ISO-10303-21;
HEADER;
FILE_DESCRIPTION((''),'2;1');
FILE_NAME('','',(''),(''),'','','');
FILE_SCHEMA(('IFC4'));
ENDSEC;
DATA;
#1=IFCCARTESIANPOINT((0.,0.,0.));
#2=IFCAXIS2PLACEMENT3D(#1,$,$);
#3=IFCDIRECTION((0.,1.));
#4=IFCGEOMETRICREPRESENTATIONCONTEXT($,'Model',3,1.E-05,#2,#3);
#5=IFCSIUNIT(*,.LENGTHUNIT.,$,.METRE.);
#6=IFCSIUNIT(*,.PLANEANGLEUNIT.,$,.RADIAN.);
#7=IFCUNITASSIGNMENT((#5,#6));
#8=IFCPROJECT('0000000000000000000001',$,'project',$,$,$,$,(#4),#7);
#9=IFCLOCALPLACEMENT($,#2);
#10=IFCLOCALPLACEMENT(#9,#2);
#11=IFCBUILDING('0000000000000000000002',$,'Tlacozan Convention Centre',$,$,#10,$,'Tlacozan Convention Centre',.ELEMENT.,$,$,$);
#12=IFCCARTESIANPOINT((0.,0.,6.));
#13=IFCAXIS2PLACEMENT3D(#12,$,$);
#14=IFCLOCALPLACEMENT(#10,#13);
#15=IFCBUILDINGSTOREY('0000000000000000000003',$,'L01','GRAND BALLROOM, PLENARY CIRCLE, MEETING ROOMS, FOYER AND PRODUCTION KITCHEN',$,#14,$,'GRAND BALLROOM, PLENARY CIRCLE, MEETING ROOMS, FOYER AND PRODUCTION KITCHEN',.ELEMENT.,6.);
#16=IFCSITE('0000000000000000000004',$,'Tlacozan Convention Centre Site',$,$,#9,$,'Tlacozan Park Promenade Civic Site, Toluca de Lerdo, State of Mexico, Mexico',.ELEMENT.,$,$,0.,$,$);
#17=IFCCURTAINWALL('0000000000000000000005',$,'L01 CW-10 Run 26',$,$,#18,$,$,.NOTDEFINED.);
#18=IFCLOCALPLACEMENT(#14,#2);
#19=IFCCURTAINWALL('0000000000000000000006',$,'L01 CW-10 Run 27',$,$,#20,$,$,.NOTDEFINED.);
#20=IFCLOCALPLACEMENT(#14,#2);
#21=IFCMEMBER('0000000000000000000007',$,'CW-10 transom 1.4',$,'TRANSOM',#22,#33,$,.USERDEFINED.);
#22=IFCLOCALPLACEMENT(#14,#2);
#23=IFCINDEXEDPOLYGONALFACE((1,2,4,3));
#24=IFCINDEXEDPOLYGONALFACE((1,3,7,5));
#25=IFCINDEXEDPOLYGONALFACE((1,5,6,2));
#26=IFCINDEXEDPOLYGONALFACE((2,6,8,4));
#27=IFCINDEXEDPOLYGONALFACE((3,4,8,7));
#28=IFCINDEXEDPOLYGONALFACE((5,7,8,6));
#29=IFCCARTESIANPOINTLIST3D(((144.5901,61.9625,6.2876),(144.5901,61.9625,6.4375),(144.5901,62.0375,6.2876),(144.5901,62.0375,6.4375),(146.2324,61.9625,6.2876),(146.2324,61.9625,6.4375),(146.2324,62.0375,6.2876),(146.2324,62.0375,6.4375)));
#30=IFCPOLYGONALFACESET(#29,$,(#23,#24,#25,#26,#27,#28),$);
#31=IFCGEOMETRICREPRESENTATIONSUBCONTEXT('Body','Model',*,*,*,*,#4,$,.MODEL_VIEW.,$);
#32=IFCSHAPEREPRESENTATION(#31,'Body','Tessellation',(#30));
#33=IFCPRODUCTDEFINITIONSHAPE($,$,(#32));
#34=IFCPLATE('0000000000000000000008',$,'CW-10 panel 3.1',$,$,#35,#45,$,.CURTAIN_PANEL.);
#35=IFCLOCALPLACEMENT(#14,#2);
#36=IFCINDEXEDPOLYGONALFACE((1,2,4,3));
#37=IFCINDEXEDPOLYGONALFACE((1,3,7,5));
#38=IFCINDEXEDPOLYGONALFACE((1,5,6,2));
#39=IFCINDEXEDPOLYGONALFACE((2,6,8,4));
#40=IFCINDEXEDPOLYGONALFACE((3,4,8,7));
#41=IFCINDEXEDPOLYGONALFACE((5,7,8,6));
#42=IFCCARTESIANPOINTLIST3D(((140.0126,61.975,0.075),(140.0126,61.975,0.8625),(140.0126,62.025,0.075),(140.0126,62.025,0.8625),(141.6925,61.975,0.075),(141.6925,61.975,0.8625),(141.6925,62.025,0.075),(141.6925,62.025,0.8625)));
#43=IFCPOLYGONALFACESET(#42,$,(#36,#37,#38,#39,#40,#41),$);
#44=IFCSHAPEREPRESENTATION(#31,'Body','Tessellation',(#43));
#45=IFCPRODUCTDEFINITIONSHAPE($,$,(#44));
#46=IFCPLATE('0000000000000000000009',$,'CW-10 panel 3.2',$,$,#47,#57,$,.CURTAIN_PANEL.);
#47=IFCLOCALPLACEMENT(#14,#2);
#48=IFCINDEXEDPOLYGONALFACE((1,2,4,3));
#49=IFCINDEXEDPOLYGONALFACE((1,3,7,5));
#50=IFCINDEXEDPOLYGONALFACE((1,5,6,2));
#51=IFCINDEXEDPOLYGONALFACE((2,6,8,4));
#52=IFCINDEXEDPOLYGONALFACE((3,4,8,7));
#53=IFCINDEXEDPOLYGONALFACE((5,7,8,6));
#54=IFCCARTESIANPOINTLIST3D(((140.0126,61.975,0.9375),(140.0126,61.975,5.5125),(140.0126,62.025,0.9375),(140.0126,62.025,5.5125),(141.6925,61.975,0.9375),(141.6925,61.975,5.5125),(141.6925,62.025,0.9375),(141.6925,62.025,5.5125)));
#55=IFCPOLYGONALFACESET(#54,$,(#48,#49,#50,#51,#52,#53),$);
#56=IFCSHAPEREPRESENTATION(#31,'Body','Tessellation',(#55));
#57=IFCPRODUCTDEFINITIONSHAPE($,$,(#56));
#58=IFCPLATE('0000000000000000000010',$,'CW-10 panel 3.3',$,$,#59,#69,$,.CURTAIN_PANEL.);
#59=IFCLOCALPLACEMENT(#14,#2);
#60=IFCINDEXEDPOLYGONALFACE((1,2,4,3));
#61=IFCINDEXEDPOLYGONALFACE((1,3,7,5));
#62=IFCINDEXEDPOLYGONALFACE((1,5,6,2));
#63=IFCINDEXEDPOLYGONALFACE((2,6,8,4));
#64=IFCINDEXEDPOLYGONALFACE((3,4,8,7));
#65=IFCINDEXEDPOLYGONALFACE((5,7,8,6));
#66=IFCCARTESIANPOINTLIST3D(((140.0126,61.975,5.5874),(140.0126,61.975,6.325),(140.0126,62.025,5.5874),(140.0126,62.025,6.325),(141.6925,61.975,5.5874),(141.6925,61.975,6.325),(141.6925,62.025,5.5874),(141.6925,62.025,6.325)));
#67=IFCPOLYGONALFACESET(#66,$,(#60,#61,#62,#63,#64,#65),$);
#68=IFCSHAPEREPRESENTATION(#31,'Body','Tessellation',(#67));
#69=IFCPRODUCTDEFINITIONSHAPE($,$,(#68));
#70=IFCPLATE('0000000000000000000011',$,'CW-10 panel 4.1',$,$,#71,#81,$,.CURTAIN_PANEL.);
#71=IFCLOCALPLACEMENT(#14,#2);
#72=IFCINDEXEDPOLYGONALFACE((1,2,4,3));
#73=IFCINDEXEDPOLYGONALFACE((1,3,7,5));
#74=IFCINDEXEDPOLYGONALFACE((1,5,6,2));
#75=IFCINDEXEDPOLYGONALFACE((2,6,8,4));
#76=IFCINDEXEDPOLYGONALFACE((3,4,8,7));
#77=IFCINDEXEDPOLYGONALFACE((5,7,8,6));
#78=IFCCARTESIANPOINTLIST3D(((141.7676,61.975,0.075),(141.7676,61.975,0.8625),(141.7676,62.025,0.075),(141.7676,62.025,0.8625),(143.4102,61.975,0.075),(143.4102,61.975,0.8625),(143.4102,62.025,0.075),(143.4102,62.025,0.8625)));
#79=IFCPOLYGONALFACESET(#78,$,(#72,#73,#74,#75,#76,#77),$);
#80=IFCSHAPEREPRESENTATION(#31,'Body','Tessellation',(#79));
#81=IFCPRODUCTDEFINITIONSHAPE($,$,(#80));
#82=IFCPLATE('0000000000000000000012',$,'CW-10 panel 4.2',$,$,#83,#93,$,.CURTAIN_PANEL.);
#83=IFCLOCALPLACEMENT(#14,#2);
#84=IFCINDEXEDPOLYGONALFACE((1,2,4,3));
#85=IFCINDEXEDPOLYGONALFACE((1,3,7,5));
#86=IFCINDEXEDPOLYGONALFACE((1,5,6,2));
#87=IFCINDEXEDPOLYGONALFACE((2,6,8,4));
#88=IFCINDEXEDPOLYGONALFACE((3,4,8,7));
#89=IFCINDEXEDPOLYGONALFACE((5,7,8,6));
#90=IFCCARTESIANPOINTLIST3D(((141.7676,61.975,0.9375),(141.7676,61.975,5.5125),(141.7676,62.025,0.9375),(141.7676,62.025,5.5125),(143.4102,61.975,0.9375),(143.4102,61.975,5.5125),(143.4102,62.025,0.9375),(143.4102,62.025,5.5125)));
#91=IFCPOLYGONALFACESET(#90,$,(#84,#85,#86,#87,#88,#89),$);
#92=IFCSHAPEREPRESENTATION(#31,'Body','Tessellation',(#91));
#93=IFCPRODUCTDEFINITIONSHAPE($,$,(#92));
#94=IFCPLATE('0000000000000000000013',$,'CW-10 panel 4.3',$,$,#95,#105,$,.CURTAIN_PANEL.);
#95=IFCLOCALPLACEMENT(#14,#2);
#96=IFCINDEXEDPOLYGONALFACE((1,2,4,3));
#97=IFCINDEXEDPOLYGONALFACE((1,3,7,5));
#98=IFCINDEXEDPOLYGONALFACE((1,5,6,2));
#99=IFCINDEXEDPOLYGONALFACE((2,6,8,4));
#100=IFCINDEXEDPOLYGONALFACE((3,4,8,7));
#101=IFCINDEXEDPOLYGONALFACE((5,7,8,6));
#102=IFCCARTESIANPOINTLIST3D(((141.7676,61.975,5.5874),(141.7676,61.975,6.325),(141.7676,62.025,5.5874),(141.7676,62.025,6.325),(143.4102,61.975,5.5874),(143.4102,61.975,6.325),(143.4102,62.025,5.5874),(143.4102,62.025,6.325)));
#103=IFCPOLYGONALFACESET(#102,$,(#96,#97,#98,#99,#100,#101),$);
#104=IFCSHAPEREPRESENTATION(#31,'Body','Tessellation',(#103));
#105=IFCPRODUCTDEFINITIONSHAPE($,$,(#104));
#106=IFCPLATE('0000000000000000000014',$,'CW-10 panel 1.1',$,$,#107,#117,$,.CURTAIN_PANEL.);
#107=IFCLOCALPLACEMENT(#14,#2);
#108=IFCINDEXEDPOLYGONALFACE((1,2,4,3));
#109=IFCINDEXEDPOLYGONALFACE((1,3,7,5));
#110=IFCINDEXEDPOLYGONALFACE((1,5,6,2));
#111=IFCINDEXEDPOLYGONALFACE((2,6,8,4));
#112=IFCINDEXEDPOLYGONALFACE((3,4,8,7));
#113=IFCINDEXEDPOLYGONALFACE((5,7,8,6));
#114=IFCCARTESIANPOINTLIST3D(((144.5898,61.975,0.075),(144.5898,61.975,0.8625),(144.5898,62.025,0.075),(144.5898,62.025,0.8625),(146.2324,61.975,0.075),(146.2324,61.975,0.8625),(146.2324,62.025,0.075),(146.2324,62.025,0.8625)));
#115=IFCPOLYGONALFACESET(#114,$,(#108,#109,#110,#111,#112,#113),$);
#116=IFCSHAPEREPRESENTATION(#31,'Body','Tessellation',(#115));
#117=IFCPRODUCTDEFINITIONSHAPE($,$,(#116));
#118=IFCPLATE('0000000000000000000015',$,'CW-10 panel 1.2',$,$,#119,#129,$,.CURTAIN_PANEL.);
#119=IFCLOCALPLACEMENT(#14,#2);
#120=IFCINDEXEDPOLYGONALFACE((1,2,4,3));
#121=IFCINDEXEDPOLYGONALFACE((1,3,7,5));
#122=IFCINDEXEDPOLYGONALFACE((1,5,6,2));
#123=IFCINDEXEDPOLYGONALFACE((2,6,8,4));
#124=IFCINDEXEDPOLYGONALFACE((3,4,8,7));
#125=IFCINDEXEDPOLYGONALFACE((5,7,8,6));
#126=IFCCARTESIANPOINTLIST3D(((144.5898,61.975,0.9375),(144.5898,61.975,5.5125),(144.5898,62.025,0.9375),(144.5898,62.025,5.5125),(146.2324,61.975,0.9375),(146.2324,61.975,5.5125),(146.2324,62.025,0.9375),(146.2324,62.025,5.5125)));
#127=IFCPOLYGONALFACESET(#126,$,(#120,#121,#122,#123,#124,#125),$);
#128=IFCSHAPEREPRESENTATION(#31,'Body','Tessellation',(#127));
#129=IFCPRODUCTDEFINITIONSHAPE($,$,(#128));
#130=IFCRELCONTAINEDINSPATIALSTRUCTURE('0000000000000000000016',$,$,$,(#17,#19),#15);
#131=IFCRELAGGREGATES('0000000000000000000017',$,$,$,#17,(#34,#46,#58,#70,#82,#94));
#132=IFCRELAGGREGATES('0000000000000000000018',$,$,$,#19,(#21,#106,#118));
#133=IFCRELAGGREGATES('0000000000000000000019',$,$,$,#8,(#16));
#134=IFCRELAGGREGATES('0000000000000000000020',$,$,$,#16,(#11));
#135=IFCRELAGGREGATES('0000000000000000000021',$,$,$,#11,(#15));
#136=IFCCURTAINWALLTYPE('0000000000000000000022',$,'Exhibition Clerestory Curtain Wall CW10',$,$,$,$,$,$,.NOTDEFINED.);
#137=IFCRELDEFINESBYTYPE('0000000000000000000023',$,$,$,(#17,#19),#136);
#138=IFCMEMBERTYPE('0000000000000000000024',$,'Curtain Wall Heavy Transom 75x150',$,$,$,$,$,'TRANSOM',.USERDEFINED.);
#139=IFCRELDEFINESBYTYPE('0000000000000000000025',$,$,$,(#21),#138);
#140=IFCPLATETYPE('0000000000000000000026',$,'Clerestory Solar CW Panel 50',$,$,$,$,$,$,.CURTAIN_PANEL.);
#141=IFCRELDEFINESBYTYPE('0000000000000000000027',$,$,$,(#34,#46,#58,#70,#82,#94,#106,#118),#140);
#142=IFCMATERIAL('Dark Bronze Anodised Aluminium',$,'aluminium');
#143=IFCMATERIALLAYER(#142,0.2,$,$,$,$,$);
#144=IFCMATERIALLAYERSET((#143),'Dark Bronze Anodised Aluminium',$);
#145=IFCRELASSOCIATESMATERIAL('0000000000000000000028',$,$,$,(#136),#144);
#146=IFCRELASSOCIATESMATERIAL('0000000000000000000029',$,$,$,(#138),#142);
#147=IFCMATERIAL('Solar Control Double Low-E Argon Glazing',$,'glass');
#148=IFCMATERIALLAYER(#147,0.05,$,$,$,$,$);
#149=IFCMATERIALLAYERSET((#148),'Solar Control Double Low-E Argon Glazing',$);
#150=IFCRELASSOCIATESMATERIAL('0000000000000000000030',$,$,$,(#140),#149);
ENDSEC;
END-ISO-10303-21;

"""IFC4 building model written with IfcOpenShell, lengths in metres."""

from ifc_helpers import new_model, si_unit, direction, frame, origin, origin_2d, place, context, subcontext, project, spatial, rectangle, extrude, material, layer, layer_set, material_profile, profile_set, type_object, element, aggregate, save


model = new_model("IFC4")

# Units and contexts
model_context = context("Model", 3, precision=1e-05, world=origin(), true_north=direction((0.0, 1.0)))
body_context = subcontext(model_context, "Body", "Model", "MODEL_VIEW")
ifc_project = project(units=[si_unit("LENGTHUNIT", "METRE"), si_unit("PLANEANGLEUNIT", "RADIAN")], contexts=[model_context])

# Site, building, storey
site_placement = place(None, origin())
site = spatial("IfcSite", under=ifc_project, at=site_placement, Name="Tlacozan Convention Centre Site", LongName="Tlacozan Park Promenade Civic Site, Toluca de Lerdo, State of Mexico, Mexico", CompositionType="ELEMENT", RefElevation=0.0)
building_placement = place(site_placement, origin())
building = spatial("IfcBuilding", under=site, at=building_placement, Name="Tlacozan Convention Centre", LongName="Tlacozan Convention Centre", CompositionType="ELEMENT")
storey_placement = place(building_placement, frame((0.0, 0.0, 6.0)))
storey = spatial("IfcBuildingStorey", under=building, at=storey_placement, Name="L01", Description="GRAND BALLROOM, PLENARY CIRCLE, MEETING ROOMS, FOYER AND PRODUCTION KITCHEN", LongName="GRAND BALLROOM, PLENARY CIRCLE, MEETING ROOMS, FOYER AND PRODUCTION KITCHEN", CompositionType="ELEMENT", Elevation=6.0)

# Curtain wall
ifc_material_1 = material(Name="Dark Bronze Anodised Aluminium", Category="aluminium")
ifc_layer_1 = layer(ifc_material_1, 0.2)
ifc_layer_set_1 = layer_set([ifc_layer_1], Name="Dark Bronze Anodised Aluminium")
curtain_wall_type = type_object("IfcCurtainWallType", Name="Exhibition Clerestory Curtain Wall CW10", PredefinedType="NOTDEFINED", material=ifc_layer_set_1)
curtain_wall_1_placement = place(storey_placement, origin())
curtain_wall_1 = element("IfcCurtainWall", 1, at=curtain_wall_1_placement, inside=storey, type_object=curtain_wall_type, Name="L01 CW-10 Run 26", PredefinedType="NOTDEFINED")

# Curtain wall
curtain_wall_2_placement = place(storey_placement, origin())
curtain_wall_2 = element("IfcCurtainWall", 2, at=curtain_wall_2_placement, inside=storey, type_object=curtain_wall_type, Name="L01 CW-10 Run 27", PredefinedType="NOTDEFINED")

# Member
ifc_material_profile_1 = material_profile(ifc_material_1, rectangle(XDim=0.075, YDim=0.1499, at=origin_2d()), Name="ALU 75x150")
ifc_profile_set_1 = profile_set([ifc_material_profile_1], Name="Dark Bronze Anodised Aluminium")
member_type_1 = type_object("IfcMemberType", Name="Curtain Wall Heavy Transom 75x150", ElementType="TRANSOM", PredefinedType="USERDEFINED", material=ifc_profile_set_1)
member_1_placement = place(storey_placement, frame((144.5901, 62.0, 6.3625), z_axis=(1.0, 0.0, 0.0), x_axis=(0.0, 1.0, 0.0)))
member_1 = element("IfcMember", 3, at=member_1_placement, type_object=member_type_1, Name="CW-10 transom 1.4", ObjectType="TRANSOM", PredefinedType="USERDEFINED", context=body_context, shape_type="SweptSolid", body=[
    extrude(rectangle(XDim=0.075, YDim=0.1499, at=origin_2d()), origin(), (0.0, 0.0, 1.0), 1.6423),
])

# Plates
ifc_material_2 = material(Name="Solar Control Double Low-E Argon Glazing", Category="glass")
ifc_layer_2 = layer(ifc_material_2, 0.05)
ifc_layer_set_2 = layer_set([ifc_layer_2], Name="Solar Control Double Low-E Argon Glazing")
plate_type = type_object("IfcPlateType", Name="Clerestory Solar CW Panel 50", PredefinedType="CURTAIN_PANEL", material=ifc_layer_set_2)
plate_1_placement = place(storey_placement, frame((140.8525, 62.0, 0.075), z_axis=(0.0, 0.0, 1.0), x_axis=(1.0, 0.0, 0.0)))
plate_1 = element("IfcPlate", 4, at=plate_1_placement, type_object=plate_type, Name="CW-10 panel 3.1", PredefinedType="CURTAIN_PANEL", context=body_context, shape_type="SweptSolid", body=[
    extrude(rectangle(XDim=1.6799, YDim=0.05, at=origin_2d()), origin(), (0.0, 0.0, 1.0), 0.7876),
])
plate_2_placement = place(storey_placement, frame((140.8525, 62.0, 0.9375), z_axis=(0.0, 0.0, 1.0), x_axis=(1.0, 0.0, 0.0)))
plate_2 = element("IfcPlate", 5, at=plate_2_placement, type_object=plate_type, Name="CW-10 panel 3.2", PredefinedType="CURTAIN_PANEL", context=body_context, shape_type="SweptSolid", body=[
    extrude(rectangle(XDim=1.6799, YDim=0.05, at=origin_2d()), origin(), (0.0, 0.0, 1.0), 4.575),
])
plate_3_placement = place(storey_placement, frame((140.8525, 62.0, 5.5874), z_axis=(0.0, 0.0, 1.0), x_axis=(1.0, 0.0, 0.0)))
plate_3 = element("IfcPlate", 6, at=plate_3_placement, type_object=plate_type, Name="CW-10 panel 3.3", PredefinedType="CURTAIN_PANEL", context=body_context, shape_type="SweptSolid", body=[
    extrude(rectangle(XDim=1.6799, YDim=0.05, at=origin_2d()), origin(), (0.0, 0.0, 1.0), 0.7375),
])
plate_4_placement = place(storey_placement, frame((142.5889, 62.0, 0.075), z_axis=(0.0, 0.0, 1.0), x_axis=(1.0, 0.0, 0.0)))
plate_4 = element("IfcPlate", 7, at=plate_4_placement, type_object=plate_type, Name="CW-10 panel 4.1", PredefinedType="CURTAIN_PANEL", context=body_context, shape_type="SweptSolid", body=[
    extrude(rectangle(XDim=1.6426, YDim=0.05, at=origin_2d()), origin(), (0.0, 0.0, 1.0), 0.7876),
])
plate_5_placement = place(storey_placement, frame((142.5889, 62.0, 0.9375), z_axis=(0.0, 0.0, 1.0), x_axis=(1.0, 0.0, 0.0)))
plate_5 = element("IfcPlate", 8, at=plate_5_placement, type_object=plate_type, Name="CW-10 panel 4.2", PredefinedType="CURTAIN_PANEL", context=body_context, shape_type="SweptSolid", body=[
    extrude(rectangle(XDim=1.6426, YDim=0.05, at=origin_2d()), origin(), (0.0, 0.0, 1.0), 4.575),
])
plate_6_placement = place(storey_placement, frame((142.5889, 62.0, 5.5874), z_axis=(0.0, 0.0, 1.0), x_axis=(1.0, 0.0, 0.0)))
plate_6 = element("IfcPlate", 9, at=plate_6_placement, type_object=plate_type, Name="CW-10 panel 4.3", PredefinedType="CURTAIN_PANEL", context=body_context, shape_type="SweptSolid", body=[
    extrude(rectangle(XDim=1.6426, YDim=0.05, at=origin_2d()), origin(), (0.0, 0.0, 1.0), 0.7375),
])
aggregate(curtain_wall_1, [plate_1, plate_2, plate_3, plate_4, plate_5, plate_6])
plate_7_placement = place(storey_placement, frame((145.4111, 62.0, 0.075), z_axis=(0.0, 0.0, 1.0), x_axis=(1.0, 0.0, 0.0)))
plate_7 = element("IfcPlate", 10, at=plate_7_placement, type_object=plate_type, Name="CW-10 panel 1.1", PredefinedType="CURTAIN_PANEL", context=body_context, shape_type="SweptSolid", body=[
    extrude(rectangle(XDim=1.6426, YDim=0.05, at=origin_2d()), origin(), (0.0, 0.0, 1.0), 0.7876),
])
plate_8_placement = place(storey_placement, frame((145.4111, 62.0, 0.9375), z_axis=(0.0, 0.0, 1.0), x_axis=(1.0, 0.0, 0.0)))
plate_8 = element("IfcPlate", 11, at=plate_8_placement, type_object=plate_type, Name="CW-10 panel 1.2", PredefinedType="CURTAIN_PANEL", context=body_context, shape_type="SweptSolid", body=[
    extrude(rectangle(XDim=1.6426, YDim=0.05, at=origin_2d()), origin(), (0.0, 0.0, 1.0), 4.575),
])
aggregate(curtain_wall_2, [member_1, plate_7, plate_8])

save(model, "model.ifc")
